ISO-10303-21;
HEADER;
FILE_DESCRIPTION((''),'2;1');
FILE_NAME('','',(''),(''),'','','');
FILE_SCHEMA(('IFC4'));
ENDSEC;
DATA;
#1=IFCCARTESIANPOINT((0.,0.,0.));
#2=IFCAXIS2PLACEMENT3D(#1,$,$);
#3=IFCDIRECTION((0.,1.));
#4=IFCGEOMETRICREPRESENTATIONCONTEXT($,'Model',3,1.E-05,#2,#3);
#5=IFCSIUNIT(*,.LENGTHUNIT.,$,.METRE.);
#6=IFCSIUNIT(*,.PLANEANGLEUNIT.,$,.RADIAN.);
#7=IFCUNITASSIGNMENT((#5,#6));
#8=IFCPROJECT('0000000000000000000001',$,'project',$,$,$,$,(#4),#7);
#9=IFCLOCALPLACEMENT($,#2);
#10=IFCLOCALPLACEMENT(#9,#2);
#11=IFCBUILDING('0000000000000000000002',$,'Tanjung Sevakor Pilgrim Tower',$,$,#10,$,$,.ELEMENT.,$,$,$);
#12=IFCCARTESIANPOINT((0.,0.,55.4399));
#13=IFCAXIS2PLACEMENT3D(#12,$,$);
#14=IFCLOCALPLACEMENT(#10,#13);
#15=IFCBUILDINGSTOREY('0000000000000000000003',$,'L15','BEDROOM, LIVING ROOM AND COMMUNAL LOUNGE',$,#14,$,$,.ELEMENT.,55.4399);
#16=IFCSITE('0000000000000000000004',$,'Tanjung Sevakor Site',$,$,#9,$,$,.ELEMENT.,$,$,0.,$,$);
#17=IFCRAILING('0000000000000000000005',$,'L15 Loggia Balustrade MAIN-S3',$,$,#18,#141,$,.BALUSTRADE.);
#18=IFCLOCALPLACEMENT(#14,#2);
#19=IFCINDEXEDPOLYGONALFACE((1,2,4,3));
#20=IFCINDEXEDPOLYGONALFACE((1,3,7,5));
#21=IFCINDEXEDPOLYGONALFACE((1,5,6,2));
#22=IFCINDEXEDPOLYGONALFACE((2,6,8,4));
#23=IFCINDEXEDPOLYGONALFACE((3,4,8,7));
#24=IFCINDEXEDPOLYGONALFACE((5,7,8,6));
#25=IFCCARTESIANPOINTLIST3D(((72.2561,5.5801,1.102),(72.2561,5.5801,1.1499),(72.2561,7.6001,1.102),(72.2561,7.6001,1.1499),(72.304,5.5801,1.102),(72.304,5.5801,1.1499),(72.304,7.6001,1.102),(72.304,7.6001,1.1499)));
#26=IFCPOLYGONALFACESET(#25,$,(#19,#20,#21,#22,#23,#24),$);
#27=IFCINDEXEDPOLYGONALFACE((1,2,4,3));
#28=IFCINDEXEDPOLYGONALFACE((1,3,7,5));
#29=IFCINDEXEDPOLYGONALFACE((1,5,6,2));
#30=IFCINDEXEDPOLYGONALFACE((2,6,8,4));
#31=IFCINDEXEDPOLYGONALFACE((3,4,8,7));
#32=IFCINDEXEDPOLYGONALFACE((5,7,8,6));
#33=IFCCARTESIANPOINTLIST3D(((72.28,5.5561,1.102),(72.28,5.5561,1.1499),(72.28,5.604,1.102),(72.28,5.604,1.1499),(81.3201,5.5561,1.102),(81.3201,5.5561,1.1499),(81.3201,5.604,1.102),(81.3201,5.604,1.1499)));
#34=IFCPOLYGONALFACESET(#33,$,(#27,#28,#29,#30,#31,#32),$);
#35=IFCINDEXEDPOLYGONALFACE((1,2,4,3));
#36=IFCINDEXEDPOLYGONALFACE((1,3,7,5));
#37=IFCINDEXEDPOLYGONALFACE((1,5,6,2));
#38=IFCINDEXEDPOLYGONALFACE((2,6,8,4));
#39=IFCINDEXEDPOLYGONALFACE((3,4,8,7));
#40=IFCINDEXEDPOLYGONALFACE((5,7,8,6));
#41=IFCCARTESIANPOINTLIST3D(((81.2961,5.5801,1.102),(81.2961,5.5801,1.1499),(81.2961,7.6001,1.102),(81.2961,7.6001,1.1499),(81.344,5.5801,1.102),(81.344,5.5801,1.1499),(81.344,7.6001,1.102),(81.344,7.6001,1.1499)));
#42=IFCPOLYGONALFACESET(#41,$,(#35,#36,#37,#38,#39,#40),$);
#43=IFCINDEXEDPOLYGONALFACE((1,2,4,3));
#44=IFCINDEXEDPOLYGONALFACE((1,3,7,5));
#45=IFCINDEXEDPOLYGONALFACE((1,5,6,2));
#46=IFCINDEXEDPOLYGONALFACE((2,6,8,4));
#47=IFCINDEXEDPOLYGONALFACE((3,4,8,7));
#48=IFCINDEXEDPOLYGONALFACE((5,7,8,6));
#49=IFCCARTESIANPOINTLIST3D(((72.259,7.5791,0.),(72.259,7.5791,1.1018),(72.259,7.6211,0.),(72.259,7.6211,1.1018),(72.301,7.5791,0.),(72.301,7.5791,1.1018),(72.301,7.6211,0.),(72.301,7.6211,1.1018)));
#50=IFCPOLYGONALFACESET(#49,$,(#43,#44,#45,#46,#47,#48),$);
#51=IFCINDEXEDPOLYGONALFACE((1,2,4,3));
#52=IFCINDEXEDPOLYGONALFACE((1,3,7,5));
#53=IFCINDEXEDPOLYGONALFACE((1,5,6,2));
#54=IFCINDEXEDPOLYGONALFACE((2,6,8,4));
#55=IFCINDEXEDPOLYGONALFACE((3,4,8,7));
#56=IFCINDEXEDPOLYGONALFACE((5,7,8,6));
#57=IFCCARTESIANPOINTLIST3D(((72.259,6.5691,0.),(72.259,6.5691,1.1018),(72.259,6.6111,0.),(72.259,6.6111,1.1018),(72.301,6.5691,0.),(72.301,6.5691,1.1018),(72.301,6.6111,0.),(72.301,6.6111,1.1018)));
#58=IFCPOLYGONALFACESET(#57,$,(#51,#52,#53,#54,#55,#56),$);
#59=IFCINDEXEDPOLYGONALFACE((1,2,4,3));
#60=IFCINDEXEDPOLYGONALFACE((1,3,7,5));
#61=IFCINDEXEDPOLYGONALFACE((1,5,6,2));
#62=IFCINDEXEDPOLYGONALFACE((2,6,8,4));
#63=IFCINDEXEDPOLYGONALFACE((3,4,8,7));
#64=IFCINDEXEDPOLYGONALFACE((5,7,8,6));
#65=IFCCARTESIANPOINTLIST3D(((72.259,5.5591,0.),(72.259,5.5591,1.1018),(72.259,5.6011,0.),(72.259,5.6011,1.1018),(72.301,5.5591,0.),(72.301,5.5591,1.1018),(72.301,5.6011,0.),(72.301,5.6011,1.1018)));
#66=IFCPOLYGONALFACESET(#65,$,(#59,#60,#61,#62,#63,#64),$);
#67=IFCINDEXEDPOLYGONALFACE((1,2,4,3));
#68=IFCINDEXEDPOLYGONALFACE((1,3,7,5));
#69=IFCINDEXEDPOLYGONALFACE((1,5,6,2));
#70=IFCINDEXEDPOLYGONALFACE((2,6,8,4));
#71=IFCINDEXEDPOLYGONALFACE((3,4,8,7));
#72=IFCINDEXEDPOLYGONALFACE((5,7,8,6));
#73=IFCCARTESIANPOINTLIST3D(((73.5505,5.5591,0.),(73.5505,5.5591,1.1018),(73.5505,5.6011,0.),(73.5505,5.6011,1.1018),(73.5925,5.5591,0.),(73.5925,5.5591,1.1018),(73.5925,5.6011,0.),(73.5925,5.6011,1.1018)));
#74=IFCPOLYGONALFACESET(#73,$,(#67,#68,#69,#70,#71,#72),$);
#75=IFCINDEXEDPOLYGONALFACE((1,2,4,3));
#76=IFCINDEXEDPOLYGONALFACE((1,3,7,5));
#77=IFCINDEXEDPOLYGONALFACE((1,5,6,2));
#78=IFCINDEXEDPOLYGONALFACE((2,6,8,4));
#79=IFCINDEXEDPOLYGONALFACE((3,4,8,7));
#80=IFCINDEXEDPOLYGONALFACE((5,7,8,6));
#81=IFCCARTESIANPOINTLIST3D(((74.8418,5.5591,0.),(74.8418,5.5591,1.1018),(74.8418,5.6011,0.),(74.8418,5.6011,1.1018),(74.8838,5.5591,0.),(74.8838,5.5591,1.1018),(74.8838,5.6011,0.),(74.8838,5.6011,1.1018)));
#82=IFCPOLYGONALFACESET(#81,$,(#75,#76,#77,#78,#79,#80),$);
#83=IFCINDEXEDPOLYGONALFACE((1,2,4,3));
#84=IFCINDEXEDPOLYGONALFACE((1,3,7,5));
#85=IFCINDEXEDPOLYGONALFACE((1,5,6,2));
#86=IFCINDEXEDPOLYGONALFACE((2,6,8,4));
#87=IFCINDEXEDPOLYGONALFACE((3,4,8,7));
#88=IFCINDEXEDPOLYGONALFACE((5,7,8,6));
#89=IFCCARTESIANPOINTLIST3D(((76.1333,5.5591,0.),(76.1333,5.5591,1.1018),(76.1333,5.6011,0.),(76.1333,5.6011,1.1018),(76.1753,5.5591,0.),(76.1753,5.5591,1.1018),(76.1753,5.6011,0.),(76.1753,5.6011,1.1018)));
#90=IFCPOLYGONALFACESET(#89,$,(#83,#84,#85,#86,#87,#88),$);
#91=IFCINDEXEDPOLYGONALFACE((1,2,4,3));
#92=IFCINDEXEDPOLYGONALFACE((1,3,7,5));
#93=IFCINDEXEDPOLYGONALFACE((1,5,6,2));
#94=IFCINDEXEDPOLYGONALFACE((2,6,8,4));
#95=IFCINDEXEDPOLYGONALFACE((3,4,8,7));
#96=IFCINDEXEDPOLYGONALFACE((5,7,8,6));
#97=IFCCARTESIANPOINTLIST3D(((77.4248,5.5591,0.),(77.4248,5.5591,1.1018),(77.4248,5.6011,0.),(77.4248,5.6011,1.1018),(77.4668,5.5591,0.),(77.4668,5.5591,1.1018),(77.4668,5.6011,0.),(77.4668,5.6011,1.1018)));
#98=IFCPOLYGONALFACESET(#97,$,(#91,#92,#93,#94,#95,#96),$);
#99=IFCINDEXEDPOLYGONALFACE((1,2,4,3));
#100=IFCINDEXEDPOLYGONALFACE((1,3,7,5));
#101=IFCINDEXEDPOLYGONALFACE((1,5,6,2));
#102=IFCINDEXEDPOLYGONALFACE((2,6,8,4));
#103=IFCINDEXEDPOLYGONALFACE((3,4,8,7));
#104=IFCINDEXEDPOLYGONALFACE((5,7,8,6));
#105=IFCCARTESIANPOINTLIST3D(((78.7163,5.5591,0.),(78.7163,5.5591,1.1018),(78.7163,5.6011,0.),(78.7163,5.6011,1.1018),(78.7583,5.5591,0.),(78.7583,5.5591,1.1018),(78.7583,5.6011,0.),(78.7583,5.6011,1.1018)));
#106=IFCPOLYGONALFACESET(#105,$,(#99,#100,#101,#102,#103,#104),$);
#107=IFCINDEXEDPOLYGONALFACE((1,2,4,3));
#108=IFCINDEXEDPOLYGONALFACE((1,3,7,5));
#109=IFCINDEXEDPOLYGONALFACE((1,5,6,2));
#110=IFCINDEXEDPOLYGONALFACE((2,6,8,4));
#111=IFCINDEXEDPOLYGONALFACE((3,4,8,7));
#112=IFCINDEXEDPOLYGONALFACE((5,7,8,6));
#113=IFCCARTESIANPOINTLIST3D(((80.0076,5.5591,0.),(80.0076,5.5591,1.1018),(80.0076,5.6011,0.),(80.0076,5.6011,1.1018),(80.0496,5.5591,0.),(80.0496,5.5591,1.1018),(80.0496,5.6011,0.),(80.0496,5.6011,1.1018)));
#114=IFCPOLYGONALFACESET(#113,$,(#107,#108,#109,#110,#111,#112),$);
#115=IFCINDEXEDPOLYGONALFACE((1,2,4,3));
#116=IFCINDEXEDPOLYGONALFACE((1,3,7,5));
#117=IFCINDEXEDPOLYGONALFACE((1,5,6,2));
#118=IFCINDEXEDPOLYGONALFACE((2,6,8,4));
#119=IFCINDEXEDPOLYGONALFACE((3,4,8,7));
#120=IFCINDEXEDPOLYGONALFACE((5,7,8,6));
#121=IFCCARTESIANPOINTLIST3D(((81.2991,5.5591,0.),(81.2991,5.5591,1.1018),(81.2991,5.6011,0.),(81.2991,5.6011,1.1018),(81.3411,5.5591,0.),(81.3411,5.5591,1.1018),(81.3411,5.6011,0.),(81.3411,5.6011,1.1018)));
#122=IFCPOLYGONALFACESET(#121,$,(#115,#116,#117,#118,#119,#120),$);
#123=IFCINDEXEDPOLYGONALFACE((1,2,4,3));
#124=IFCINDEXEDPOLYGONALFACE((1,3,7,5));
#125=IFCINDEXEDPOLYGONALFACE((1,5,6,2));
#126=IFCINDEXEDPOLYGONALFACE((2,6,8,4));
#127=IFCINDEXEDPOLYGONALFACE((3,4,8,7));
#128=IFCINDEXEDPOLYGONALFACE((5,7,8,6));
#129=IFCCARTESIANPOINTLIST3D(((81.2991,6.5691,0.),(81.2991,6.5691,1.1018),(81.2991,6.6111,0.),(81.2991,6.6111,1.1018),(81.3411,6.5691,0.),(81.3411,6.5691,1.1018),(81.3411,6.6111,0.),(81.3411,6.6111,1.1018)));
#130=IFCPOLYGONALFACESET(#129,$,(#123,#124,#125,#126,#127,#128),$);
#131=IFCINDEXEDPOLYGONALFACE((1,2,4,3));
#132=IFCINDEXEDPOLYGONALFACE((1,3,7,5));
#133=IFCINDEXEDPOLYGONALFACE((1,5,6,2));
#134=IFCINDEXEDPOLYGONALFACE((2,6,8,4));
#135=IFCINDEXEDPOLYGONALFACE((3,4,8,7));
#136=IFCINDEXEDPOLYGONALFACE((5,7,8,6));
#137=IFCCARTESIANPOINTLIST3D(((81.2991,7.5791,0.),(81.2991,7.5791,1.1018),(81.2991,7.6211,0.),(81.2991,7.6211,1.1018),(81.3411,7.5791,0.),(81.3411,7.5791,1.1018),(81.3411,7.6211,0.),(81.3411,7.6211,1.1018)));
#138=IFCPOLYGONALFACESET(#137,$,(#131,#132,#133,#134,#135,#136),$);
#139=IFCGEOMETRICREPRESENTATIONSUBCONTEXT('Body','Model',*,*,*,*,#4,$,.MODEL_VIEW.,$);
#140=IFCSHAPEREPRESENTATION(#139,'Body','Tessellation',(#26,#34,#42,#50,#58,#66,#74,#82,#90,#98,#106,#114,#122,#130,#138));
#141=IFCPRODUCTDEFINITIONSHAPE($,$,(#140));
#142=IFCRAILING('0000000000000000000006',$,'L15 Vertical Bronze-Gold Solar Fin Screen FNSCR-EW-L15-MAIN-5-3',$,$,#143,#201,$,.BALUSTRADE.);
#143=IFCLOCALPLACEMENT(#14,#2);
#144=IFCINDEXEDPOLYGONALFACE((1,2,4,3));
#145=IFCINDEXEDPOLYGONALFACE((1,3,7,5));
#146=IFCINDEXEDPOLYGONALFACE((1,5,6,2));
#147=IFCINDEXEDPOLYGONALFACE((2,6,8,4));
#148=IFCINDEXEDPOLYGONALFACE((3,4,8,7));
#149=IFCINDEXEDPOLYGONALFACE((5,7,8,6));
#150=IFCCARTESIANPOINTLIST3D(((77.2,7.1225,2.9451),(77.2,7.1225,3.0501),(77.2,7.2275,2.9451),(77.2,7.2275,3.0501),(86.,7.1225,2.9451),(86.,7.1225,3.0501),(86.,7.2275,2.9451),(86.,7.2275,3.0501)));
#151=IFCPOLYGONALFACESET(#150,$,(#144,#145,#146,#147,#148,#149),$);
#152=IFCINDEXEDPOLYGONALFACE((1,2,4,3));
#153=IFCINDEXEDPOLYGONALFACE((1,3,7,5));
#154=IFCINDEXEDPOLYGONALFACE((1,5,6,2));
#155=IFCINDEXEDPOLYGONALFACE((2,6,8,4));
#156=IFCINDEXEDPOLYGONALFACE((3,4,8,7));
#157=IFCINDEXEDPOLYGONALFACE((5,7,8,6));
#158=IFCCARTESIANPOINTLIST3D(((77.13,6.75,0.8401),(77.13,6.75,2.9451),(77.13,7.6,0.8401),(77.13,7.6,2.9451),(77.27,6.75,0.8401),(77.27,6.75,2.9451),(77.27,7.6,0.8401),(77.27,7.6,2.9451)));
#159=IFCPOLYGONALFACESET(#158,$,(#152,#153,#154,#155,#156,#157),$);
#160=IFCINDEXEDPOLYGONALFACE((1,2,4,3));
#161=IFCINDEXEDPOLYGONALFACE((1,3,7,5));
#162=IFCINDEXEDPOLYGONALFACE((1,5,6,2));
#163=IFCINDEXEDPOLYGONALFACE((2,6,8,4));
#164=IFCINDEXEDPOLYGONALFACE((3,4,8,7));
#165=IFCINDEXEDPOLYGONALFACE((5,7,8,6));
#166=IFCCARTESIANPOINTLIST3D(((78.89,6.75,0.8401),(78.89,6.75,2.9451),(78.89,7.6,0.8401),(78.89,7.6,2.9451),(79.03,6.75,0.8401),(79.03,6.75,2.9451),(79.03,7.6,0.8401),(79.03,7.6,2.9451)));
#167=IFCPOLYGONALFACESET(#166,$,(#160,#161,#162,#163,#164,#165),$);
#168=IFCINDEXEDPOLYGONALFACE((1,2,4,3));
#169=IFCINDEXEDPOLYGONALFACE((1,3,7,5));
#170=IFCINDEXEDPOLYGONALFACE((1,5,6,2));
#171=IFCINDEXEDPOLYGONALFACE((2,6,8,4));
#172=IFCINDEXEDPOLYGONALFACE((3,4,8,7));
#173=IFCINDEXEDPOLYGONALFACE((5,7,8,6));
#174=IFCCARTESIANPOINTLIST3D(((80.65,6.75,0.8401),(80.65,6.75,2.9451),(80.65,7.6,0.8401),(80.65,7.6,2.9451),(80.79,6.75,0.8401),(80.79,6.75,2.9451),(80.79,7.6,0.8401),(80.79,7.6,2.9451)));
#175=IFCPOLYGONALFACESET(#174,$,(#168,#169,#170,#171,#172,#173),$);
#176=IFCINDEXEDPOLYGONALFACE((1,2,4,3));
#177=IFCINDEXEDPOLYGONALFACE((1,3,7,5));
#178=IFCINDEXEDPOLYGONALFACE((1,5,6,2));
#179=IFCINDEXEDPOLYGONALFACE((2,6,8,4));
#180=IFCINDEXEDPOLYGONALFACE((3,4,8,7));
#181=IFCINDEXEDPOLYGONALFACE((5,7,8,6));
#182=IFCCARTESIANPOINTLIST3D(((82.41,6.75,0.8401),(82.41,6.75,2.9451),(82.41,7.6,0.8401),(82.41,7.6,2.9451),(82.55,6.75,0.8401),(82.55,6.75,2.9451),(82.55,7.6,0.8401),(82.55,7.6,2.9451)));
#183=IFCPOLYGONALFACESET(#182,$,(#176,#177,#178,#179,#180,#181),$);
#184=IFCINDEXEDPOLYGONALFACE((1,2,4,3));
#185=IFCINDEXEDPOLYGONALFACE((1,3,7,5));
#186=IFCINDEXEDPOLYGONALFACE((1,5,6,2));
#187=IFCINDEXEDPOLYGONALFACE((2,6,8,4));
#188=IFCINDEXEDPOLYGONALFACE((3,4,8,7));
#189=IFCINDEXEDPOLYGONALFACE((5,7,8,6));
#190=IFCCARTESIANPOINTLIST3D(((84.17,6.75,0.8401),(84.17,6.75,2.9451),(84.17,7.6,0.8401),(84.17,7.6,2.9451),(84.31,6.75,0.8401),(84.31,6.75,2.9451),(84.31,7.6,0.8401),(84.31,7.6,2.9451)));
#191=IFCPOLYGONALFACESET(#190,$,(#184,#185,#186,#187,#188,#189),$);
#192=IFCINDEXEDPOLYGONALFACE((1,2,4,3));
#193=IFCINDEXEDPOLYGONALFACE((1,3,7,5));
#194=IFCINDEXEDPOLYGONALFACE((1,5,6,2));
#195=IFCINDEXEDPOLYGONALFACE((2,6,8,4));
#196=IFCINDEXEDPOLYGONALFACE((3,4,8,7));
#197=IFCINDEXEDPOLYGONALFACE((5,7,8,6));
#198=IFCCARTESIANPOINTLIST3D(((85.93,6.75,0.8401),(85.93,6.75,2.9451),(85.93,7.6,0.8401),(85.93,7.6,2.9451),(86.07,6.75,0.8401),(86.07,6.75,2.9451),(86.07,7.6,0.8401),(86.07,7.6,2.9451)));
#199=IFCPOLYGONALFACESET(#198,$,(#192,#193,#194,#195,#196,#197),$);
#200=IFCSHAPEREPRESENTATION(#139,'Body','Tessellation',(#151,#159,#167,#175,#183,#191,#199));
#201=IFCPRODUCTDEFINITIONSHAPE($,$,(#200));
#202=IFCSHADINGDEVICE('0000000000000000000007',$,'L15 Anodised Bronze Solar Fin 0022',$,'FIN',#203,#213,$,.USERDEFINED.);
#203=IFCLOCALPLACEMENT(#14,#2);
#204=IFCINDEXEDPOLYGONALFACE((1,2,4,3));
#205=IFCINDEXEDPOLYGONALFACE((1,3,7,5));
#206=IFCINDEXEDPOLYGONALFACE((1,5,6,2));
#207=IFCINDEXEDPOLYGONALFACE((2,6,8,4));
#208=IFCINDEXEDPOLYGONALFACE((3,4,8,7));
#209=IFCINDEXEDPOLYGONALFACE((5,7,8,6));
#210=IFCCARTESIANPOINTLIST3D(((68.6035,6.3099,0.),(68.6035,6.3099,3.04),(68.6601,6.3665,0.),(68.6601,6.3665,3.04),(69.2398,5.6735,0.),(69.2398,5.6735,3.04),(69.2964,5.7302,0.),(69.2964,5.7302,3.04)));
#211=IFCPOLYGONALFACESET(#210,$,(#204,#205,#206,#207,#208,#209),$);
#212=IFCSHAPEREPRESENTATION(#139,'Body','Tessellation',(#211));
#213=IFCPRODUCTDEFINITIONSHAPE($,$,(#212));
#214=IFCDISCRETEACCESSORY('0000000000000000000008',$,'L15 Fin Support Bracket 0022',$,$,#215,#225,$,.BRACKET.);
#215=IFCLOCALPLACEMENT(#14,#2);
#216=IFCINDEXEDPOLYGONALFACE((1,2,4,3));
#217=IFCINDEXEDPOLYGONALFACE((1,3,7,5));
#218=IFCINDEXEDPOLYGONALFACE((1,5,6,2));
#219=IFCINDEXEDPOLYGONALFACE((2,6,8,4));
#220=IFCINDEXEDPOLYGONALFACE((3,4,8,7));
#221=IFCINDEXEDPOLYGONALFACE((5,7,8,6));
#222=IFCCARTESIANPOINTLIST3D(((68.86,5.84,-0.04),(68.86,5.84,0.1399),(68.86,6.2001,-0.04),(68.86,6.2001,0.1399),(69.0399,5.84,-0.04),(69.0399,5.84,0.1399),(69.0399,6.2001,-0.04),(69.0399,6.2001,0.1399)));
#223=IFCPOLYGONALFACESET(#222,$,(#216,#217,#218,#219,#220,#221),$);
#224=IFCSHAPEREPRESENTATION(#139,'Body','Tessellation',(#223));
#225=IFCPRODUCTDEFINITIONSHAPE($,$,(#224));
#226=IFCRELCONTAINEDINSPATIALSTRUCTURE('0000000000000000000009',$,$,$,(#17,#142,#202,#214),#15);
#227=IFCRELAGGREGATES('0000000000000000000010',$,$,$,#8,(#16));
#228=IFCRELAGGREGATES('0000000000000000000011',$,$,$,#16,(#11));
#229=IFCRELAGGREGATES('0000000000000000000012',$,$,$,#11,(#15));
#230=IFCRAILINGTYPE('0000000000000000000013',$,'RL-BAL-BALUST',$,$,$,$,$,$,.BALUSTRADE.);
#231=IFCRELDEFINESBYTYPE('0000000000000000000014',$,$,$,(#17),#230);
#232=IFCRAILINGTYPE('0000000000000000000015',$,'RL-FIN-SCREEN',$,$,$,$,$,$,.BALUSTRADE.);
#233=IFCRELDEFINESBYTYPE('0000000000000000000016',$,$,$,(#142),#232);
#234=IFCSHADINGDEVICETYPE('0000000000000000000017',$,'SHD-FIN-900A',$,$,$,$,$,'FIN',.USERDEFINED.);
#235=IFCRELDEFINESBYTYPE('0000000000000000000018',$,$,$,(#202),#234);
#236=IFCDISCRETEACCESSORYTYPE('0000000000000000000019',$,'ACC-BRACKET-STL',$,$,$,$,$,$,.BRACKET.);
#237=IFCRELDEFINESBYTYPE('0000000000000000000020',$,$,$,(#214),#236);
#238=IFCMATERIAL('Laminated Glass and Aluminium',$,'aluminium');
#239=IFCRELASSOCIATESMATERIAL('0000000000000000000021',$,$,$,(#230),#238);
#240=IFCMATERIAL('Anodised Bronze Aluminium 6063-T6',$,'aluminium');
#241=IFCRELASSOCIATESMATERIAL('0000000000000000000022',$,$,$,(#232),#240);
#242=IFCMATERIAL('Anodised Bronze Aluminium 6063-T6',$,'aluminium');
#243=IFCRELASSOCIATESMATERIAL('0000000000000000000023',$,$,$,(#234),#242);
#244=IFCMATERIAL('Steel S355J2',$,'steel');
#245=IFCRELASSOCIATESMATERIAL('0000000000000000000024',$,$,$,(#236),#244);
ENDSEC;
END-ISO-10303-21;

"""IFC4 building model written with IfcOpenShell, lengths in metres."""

from ifc_helpers import new_model, si_unit, direction, frame, origin, origin_2d, place, context, subcontext, project, spatial, rectangle, extrude, material, type_object, element, save


model = new_model("IFC4")

# Units and contexts
model_context = context("Model", 3, precision=1e-05, world=origin(), true_north=direction((0.0, 1.0)))
body_context = subcontext(model_context, "Body", "Model", "MODEL_VIEW")
ifc_project = project(units=[si_unit("LENGTHUNIT", "METRE"), si_unit("PLANEANGLEUNIT", "RADIAN")], contexts=[model_context])

# Site, building, storey
site_placement = place(None, origin())
site = spatial("IfcSite", under=ifc_project, at=site_placement, Name="Tanjung Sevakor Site", CompositionType="ELEMENT", RefElevation=0.0)
building_placement = place(site_placement, origin())
building = spatial("IfcBuilding", under=site, at=building_placement, Name="Tanjung Sevakor Pilgrim Tower", CompositionType="ELEMENT")
storey_placement = place(building_placement, frame((0.0, 0.0, 55.4399)))
storey = spatial("IfcBuildingStorey", under=building, at=storey_placement, Name="L15", Description="BEDROOM, LIVING ROOM AND COMMUNAL LOUNGE", CompositionType="ELEMENT", Elevation=55.4399)

# Railings
ifc_material_1 = material(Name="Laminated Glass and Aluminium", Category="aluminium")
railing_type_1 = type_object("IfcRailingType", Name="RL-BAL-BALUST", PredefinedType="BALUSTRADE", material=ifc_material_1)
railing_1_placement = place(storey_placement, frame((72.28, 7.6001, 0.0)))
element("IfcRailing", 1, at=railing_1_placement, inside=storey, type_object=railing_type_1, Name="L15 Loggia Balustrade MAIN-S3", PredefinedType="BALUSTRADE", context=body_context, shape_type="SweptSolid", body=[
    extrude(rectangle(XDim=0.0479, YDim=0.0479), frame((0.0, 0.0, 1.126), z_axis=(0.0, -1.0, 0.0), x_axis=(1.0, 0.0, 0.0)), (0.0, 0.0, 1.0), 2.02),
    extrude(rectangle(XDim=0.0479, YDim=0.0479), frame((0.0, -2.02, 1.126), z_axis=(1.0, 0.0, 0.0), x_axis=(0.0, 1.0, 0.0)), (0.0, 0.0, 1.0), 9.04),
    extrude(rectangle(XDim=0.0479, YDim=0.0479), frame((9.04, -2.02, 1.126), z_axis=(0.0, 1.0, 0.0), x_axis=(-1.0, 0.0, 0.0)), (0.0, 0.0, 1.0), 2.02),
    extrude(rectangle(XDim=0.042, YDim=0.042), origin(), (0.0, 0.0, 1.0), 1.1018),
    extrude(rectangle(XDim=0.042, YDim=0.042), frame((0.0, -1.01, 0.0)), (0.0, 0.0, 1.0), 1.1018),
    extrude(rectangle(XDim=0.042, YDim=0.042), frame((0.0, -2.02, 0.0)), (0.0, 0.0, 1.0), 1.1018),
    extrude(rectangle(XDim=0.042, YDim=0.042), frame((1.2915, -2.02, 0.0)), (0.0, 0.0, 1.0), 1.1018),
    extrude(rectangle(XDim=0.042, YDim=0.042), frame((2.5828, -2.02, 0.0)), (0.0, 0.0, 1.0), 1.1018),
    extrude(rectangle(XDim=0.042, YDim=0.042), frame((3.8743, -2.02, 0.0)), (0.0, 0.0, 1.0), 1.1018),
    extrude(rectangle(XDim=0.042, YDim=0.042), frame((5.1658, -2.02, 0.0)), (0.0, 0.0, 1.0), 1.1018),
    extrude(rectangle(XDim=0.042, YDim=0.042), frame((6.4573, -2.02, 0.0)), (0.0, 0.0, 1.0), 1.1018),
    extrude(rectangle(XDim=0.042, YDim=0.042), frame((7.7485, -2.02, 0.0)), (0.0, 0.0, 1.0), 1.1018),
    extrude(rectangle(XDim=0.042, YDim=0.042), frame((9.04, -2.02, 0.0)), (0.0, 0.0, 1.0), 1.1018),
    extrude(rectangle(XDim=0.042, YDim=0.042), frame((9.04, -1.01, 0.0)), (0.0, 0.0, 1.0), 1.1018),
    extrude(rectangle(XDim=0.042, YDim=0.042), frame((9.04, 0.0, 0.0)), (0.0, 0.0, 1.0), 1.1018),
])
ifc_material_2 = material(Name="Anodised Bronze Aluminium 6063-T6", Category="aluminium")
railing_type_2 = type_object("IfcRailingType", Name="RL-FIN-SCREEN", PredefinedType="BALUSTRADE", material=ifc_material_2)
railing_2_placement = place(storey_placement, frame((77.2, 7.175, 0.8401)))
element("IfcRailing", 2, at=railing_2_placement, inside=storey, type_object=railing_type_2, Name="L15 Vertical Bronze-Gold Solar Fin Screen FNSCR-EW-L15-MAIN-5-3", PredefinedType="BALUSTRADE", context=body_context, shape_type="SweptSolid", body=[
    extrude(rectangle(XDim=0.105, YDim=0.105), frame((0.0, 0.0, 2.1575), z_axis=(1.0, 0.0, 0.0), x_axis=(0.0, 1.0, 0.0)), (0.0, 0.0, 1.0), 8.8),
    extrude(rectangle(XDim=0.14, YDim=0.85), origin(), (0.0, 0.0, 1.0), 2.105),
    extrude(rectangle(XDim=0.14, YDim=0.85), frame((1.76, 0.0, 0.0)), (0.0, 0.0, 1.0), 2.105),
    extrude(rectangle(XDim=0.14, YDim=0.85), frame((3.52, 0.0, 0.0)), (0.0, 0.0, 1.0), 2.105),
    extrude(rectangle(XDim=0.14, YDim=0.85), frame((5.28, 0.0, 0.0)), (0.0, 0.0, 1.0), 2.105),
    extrude(rectangle(XDim=0.14, YDim=0.85), frame((7.04, 0.0, 0.0)), (0.0, 0.0, 1.0), 2.105),
    extrude(rectangle(XDim=0.14, YDim=0.85), frame((8.8, 0.0, 0.0)), (0.0, 0.0, 1.0), 2.105),
])

# Shading device
ifc_material_3 = material(Name="Anodised Bronze Aluminium 6063-T6", Category="aluminium")
shading_device_type = type_object("IfcShadingDeviceType", Name="SHD-FIN-900A", ElementType="FIN", PredefinedType="USERDEFINED", material=ifc_material_3)
shading_device_placement = place(storey_placement, frame((68.95, 6.02, 0.0), z_axis=(0.0, 0.0, 1.0), x_axis=(0.707107, 0.707107, 0.0)))
element("IfcShadingDevice", 3, at=shading_device_placement, inside=storey, type_object=shading_device_type, Name="L15 Anodised Bronze Solar Fin 0022", ObjectType="FIN", PredefinedType="USERDEFINED", context=body_context, shape_type="SweptSolid", body=[
    extrude(rectangle(XDim=0.0801, YDim=0.8999, at=origin_2d()), origin(), (0.0, 0.0, 1.0), 3.04),
])

# Discrete accessory
ifc_material_4 = material(Name="Steel S355J2", Category="steel")
discrete_accessory_type = type_object("IfcDiscreteAccessoryType", Name="ACC-BRACKET-STL", PredefinedType="BRACKET", material=ifc_material_4)
discrete_accessory_placement = place(storey_placement, frame((68.95, 6.02, -0.04), z_axis=(0.0, 0.0, 1.0), x_axis=(1.0, 0.0, 0.0)))
element("IfcDiscreteAccessory", 4, at=discrete_accessory_placement, inside=storey, type_object=discrete_accessory_type, Name="L15 Fin Support Bracket 0022", PredefinedType="BRACKET", context=body_context, shape_type="SweptSolid", body=[
    extrude(rectangle(XDim=0.1799, YDim=0.3601, at=origin_2d()), origin(), (0.0, 0.0, 1.0), 0.1799),
])

save(model, "model.ifc")
